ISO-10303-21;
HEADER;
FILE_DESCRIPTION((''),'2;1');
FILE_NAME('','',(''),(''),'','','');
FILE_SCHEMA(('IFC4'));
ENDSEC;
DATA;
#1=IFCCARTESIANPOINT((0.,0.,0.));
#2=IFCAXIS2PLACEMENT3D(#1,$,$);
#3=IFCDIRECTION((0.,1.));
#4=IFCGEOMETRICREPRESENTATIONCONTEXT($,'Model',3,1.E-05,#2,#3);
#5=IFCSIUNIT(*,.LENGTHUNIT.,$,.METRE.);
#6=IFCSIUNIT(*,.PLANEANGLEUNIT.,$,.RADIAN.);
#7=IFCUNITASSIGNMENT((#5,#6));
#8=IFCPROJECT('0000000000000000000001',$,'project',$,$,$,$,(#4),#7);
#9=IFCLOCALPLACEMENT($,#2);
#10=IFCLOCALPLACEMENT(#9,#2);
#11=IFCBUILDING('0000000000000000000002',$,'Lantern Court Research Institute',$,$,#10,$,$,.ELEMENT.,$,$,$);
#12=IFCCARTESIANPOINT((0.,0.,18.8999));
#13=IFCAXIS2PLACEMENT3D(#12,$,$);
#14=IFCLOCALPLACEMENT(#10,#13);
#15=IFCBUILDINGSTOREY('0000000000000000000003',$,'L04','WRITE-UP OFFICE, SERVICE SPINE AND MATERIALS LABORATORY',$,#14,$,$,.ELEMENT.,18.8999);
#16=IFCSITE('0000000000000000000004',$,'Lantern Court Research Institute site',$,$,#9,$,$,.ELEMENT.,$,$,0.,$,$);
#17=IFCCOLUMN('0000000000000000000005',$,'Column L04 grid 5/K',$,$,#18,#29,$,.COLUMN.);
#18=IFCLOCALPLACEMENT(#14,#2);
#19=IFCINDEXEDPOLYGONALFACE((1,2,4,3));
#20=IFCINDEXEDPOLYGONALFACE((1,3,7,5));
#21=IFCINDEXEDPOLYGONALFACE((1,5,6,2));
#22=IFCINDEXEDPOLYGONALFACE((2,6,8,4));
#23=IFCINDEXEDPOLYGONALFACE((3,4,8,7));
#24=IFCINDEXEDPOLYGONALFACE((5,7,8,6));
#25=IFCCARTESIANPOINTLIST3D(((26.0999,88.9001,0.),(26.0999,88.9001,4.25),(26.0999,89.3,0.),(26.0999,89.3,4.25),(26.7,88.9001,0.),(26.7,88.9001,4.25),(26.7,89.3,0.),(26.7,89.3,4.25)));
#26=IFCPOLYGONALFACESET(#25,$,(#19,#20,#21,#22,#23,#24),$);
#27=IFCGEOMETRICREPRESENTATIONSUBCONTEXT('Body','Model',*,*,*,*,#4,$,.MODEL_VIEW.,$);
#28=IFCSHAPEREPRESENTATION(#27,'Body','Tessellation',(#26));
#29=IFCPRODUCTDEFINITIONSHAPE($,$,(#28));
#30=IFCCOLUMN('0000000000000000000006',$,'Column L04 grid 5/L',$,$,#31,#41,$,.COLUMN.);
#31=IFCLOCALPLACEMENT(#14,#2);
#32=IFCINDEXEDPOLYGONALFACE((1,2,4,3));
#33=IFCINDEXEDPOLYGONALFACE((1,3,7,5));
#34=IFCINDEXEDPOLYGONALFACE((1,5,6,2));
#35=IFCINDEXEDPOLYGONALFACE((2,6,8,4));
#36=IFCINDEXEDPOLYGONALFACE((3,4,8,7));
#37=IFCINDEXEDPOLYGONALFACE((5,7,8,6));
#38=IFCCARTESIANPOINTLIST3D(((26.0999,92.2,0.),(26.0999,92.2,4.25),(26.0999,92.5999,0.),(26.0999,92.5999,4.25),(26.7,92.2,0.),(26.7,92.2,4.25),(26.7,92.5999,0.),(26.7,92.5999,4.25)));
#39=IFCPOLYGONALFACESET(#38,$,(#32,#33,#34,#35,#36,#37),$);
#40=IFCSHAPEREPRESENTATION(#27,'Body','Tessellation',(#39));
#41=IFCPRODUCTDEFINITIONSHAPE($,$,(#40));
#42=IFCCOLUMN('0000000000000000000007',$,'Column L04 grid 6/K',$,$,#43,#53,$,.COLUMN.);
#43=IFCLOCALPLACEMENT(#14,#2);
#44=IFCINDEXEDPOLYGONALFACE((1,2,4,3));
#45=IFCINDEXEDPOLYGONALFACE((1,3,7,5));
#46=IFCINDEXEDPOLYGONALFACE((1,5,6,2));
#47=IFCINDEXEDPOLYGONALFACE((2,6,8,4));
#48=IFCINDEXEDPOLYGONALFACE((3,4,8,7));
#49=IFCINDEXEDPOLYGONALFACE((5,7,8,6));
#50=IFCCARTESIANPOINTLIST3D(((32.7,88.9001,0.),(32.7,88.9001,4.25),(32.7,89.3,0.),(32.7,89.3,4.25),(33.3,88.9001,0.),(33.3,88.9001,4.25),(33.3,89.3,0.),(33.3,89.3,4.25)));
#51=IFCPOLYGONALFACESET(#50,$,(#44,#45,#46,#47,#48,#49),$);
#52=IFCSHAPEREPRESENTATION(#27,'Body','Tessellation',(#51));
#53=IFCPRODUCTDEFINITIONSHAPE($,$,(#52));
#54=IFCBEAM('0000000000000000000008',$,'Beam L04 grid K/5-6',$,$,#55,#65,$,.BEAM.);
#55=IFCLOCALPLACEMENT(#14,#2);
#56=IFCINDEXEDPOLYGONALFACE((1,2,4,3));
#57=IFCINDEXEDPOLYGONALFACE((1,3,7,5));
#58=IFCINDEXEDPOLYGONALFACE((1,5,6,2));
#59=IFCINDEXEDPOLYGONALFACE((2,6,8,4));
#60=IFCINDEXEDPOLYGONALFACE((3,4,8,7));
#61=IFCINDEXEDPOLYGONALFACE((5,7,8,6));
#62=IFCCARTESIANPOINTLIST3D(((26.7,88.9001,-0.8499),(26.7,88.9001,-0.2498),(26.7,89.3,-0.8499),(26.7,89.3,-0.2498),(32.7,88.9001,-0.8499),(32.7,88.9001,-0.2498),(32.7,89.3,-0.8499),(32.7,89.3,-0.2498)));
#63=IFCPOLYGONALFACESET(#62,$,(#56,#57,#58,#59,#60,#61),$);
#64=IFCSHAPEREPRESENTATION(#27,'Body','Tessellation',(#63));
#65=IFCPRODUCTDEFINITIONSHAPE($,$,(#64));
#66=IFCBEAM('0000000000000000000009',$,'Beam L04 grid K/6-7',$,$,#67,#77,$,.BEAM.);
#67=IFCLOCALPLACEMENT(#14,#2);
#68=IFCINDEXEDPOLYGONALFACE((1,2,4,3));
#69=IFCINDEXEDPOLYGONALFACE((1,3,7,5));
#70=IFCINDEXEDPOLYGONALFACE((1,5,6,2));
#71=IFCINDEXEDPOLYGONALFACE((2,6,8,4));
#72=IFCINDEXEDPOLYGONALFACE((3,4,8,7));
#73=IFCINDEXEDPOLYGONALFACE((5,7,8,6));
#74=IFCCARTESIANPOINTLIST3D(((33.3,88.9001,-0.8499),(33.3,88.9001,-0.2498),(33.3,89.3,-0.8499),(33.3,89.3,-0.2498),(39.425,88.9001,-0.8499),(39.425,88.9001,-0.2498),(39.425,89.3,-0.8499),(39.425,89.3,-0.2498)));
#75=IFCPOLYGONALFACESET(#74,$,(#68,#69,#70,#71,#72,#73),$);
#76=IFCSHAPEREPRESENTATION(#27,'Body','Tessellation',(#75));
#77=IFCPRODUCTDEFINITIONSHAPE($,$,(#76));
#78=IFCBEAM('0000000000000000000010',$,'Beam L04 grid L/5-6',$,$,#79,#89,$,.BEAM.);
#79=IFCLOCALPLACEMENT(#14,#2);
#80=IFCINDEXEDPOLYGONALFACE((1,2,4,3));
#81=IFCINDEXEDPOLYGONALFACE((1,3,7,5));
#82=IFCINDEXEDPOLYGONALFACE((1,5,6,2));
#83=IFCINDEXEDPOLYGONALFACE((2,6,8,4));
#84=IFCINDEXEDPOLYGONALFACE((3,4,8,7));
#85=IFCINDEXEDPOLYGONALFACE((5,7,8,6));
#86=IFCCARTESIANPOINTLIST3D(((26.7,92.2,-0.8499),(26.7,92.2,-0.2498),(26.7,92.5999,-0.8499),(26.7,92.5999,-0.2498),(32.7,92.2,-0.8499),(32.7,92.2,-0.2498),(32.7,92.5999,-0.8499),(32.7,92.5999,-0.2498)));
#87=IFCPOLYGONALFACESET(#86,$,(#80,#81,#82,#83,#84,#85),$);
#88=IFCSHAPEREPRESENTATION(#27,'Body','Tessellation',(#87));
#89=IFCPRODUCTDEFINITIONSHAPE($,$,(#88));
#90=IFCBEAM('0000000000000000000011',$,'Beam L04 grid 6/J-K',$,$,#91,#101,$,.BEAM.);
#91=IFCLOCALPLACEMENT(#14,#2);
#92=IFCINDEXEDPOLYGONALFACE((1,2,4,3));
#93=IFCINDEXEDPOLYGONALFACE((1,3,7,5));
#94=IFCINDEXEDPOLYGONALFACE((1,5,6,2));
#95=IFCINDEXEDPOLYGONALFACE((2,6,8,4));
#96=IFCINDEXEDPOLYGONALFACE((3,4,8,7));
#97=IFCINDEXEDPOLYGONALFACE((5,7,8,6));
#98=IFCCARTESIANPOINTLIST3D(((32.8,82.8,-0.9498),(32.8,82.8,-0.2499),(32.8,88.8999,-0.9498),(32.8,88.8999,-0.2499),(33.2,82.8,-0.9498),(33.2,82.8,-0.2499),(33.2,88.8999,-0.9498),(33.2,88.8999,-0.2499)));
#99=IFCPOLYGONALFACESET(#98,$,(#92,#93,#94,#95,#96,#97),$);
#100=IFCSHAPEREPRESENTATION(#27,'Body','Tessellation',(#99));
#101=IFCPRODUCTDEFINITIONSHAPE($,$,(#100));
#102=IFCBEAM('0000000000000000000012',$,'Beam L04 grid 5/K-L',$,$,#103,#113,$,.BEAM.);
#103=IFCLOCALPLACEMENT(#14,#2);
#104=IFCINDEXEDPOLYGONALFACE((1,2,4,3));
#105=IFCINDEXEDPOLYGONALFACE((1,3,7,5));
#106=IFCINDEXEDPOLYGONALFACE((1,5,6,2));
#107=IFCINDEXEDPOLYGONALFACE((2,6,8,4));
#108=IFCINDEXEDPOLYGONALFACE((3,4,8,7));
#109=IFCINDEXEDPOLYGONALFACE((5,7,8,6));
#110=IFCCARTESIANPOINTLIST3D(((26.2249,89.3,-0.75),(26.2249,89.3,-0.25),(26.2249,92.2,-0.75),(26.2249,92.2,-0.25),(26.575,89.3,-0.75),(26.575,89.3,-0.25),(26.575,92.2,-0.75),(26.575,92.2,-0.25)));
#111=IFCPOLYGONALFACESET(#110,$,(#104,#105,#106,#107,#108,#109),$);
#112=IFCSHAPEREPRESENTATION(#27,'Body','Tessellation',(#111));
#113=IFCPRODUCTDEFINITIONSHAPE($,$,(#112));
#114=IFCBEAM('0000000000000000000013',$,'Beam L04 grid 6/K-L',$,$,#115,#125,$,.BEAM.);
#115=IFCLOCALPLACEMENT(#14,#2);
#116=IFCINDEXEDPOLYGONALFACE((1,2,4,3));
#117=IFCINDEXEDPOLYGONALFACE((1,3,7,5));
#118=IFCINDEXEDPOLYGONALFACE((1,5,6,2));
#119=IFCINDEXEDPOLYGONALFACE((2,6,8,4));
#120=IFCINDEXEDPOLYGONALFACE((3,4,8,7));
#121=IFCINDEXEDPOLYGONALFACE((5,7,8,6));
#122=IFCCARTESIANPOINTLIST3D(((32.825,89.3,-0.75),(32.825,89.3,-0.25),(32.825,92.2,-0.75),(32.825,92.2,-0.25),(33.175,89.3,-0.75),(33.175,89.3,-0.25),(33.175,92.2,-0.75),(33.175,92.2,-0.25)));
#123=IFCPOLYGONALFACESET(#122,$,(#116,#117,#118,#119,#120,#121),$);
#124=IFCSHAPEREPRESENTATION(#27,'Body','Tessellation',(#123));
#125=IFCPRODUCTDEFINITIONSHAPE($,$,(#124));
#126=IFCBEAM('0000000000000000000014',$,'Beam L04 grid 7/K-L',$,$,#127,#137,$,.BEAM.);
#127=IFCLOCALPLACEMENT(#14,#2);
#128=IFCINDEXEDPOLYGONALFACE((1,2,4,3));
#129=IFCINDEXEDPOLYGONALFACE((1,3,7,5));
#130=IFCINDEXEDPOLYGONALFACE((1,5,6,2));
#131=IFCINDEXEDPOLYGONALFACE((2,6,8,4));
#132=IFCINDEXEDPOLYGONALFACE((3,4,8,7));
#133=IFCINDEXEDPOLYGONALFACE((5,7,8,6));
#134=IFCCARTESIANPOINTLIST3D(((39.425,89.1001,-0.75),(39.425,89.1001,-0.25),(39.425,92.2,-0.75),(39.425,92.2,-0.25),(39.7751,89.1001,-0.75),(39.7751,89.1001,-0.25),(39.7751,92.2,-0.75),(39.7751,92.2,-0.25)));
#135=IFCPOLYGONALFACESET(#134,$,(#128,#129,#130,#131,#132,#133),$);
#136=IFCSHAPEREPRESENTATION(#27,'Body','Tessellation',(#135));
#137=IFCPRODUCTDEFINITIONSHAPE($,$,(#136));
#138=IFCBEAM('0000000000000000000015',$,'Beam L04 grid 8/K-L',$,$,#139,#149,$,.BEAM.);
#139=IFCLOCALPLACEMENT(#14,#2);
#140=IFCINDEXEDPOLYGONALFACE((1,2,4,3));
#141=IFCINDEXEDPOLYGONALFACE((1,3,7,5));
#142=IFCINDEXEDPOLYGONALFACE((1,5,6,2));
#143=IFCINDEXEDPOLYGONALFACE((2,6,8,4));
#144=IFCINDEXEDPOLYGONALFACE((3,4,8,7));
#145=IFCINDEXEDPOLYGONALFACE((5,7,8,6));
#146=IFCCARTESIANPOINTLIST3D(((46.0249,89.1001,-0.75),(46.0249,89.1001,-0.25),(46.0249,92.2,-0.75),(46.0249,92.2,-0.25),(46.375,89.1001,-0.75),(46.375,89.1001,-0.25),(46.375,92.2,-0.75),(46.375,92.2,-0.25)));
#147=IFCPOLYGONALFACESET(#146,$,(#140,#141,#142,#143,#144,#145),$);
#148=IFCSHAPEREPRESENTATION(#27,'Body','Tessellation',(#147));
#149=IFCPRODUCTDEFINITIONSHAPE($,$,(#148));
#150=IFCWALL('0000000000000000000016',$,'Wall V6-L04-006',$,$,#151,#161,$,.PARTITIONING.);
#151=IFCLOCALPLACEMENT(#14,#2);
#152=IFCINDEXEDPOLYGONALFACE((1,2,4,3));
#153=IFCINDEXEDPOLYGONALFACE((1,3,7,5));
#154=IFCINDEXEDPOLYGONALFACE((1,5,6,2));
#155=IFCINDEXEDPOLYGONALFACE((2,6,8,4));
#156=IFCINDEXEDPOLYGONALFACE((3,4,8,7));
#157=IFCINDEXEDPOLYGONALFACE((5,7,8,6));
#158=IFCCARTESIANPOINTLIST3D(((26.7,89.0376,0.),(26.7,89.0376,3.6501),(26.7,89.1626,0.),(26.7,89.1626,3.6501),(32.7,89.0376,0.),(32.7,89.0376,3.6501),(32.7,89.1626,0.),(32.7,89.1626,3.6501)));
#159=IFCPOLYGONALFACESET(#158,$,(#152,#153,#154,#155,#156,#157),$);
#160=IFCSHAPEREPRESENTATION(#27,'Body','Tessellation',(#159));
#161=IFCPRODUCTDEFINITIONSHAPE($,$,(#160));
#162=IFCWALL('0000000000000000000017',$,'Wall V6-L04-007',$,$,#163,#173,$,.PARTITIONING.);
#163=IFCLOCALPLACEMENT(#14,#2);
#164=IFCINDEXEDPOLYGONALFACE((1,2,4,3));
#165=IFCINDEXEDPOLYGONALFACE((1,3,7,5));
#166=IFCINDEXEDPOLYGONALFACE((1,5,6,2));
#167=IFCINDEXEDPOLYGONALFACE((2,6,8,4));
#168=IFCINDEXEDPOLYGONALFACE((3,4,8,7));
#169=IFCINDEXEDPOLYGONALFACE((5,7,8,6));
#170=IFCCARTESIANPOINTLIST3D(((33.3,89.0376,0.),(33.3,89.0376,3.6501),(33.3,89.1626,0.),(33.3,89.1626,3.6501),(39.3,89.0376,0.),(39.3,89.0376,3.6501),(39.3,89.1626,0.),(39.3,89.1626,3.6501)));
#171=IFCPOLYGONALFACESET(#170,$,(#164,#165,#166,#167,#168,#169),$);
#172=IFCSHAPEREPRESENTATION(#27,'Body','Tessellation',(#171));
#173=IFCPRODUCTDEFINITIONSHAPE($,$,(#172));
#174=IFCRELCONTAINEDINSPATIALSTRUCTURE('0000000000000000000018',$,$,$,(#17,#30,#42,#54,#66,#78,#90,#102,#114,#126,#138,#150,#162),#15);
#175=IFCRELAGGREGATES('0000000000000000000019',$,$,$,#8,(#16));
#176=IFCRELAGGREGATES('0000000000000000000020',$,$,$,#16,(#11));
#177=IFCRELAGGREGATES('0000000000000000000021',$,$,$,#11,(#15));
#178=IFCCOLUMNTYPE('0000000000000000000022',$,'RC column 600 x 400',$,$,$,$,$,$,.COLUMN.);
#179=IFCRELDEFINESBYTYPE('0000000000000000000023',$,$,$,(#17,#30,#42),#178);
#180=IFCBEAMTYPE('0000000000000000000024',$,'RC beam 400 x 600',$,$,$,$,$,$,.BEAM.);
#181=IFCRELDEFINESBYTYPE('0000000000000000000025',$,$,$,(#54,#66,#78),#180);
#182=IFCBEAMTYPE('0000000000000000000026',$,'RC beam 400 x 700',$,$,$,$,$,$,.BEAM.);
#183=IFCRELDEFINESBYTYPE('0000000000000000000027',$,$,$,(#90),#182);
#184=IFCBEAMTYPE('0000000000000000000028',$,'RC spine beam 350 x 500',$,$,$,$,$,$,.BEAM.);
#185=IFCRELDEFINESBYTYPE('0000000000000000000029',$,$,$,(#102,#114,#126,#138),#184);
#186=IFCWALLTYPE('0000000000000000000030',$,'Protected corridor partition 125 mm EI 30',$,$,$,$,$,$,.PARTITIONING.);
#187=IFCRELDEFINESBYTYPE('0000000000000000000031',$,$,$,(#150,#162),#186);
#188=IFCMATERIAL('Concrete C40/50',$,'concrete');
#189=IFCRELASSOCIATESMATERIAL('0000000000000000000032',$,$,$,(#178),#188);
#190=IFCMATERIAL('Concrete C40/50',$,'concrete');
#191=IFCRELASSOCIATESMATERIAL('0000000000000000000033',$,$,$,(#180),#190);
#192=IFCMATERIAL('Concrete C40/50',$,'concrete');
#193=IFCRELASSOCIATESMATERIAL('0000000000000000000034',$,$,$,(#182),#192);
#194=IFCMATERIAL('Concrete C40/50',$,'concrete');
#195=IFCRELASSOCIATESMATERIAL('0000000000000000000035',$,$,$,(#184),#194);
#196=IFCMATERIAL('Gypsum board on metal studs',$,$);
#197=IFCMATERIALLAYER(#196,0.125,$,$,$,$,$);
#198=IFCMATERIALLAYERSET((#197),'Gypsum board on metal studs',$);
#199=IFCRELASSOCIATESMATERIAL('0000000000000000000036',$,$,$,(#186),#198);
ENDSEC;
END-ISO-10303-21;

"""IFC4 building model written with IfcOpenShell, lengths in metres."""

from ifc_helpers import new_model, si_unit, direction, frame, frame_2d, origin, origin_2d, place, context, subcontext, project, spatial, rectangle, extrude, material, layer, layer_set, material_profile, profile_set, type_object, element, save


model = new_model("IFC4")

# Units and contexts
model_context = context("Model", 3, precision=1e-05, world=origin(), true_north=direction((0.0, 1.0)))
body_context = subcontext(model_context, "Body", "Model", "MODEL_VIEW")
ifc_project = project(units=[si_unit("LENGTHUNIT", "METRE"), si_unit("PLANEANGLEUNIT", "RADIAN")], contexts=[model_context])

# Site, building, storey
site_placement = place(None, origin())
site = spatial("IfcSite", under=ifc_project, at=site_placement, Name="Lantern Court Research Institute site", CompositionType="ELEMENT", RefElevation=0.0)
building_placement = place(site_placement, origin())
building = spatial("IfcBuilding", under=site, at=building_placement, Name="Lantern Court Research Institute", CompositionType="ELEMENT")
storey_placement = place(building_placement, frame((0.0, 0.0, 18.8999)))
storey = spatial("IfcBuildingStorey", under=building, at=storey_placement, Name="L04", Description="WRITE-UP OFFICE, SERVICE SPINE AND MATERIALS LABORATORY", CompositionType="ELEMENT", Elevation=18.8999)

# Columns
ifc_material_1 = material(Name="Concrete C40/50", Category="concrete")
ifc_material_profile_1 = material_profile(ifc_material_1, rectangle(XDim=0.6001, YDim=0.3999, at=origin_2d()), Name="RC column 600 x 400")
ifc_profile_set_1 = profile_set([ifc_material_profile_1], Name="Concrete C40/50")
column_type = type_object("IfcColumnType", Name="RC column 600 x 400", PredefinedType="COLUMN", material=ifc_profile_set_1)
for number, where, z_axis, x_axis, name in (
    (1, (26.3999, 89.1001, 0.0), (0.0, 0.0, 1.0), (1.0, 0.0, 0.0), "Column L04 grid 5/K"),
    (2, (26.3999, 92.3999, 0.0), (0.0, 0.0, 1.0), (1.0, 0.0, 0.0), "Column L04 grid 5/L"),
    (3, (33.0, 89.1001, 0.0), (0.0, 0.0, 1.0), (1.0, 0.0, 0.0), "Column L04 grid 6/K"),
):
    element("IfcColumn", number, at=place(storey_placement, frame(where, z_axis=z_axis, x_axis=x_axis)), inside=storey, type_object=column_type, Name=name, PredefinedType="COLUMN", context=body_context, shape_type="SweptSolid", body=[
        extrude(rectangle(XDim=0.6001, YDim=0.3999, at=origin_2d()), origin(), (0.0, 0.0, 1.0), 4.25),
    ])

# Beams
ifc_material_2 = material(Name="Concrete C40/50", Category="concrete")
ifc_material_profile_2 = material_profile(ifc_material_2, rectangle(XDim=0.3999, YDim=0.6001, at=origin_2d()), Name="RC beam 400 x 600")
ifc_profile_set_2 = profile_set([ifc_material_profile_2], Name="Concrete C40/50")
beam_type_1 = type_object("IfcBeamType", Name="RC beam 400 x 600", PredefinedType="BEAM", material=ifc_profile_set_2)
beam_1_placement = place(storey_placement, frame((26.7, 89.1001, -0.5498), z_axis=(1.0, 0.0, 0.0), x_axis=(0.0, 1.0, 0.0)))
element("IfcBeam", 4, at=beam_1_placement, inside=storey, type_object=beam_type_1, Name="Beam L04 grid K/5-6", PredefinedType="BEAM", context=body_context, shape_type="SweptSolid", body=[
    extrude(rectangle(XDim=0.3999, YDim=0.6001, at=origin_2d()), origin(), (0.0, 0.0, 1.0), 6.0),
])
beam_2_placement = place(storey_placement, frame((33.3, 89.1001, -0.5498), z_axis=(1.0, 0.0, 0.0), x_axis=(0.0, 1.0, 0.0)))
element("IfcBeam", 5, at=beam_2_placement, inside=storey, type_object=beam_type_1, Name="Beam L04 grid K/6-7", PredefinedType="BEAM", context=body_context, shape_type="SweptSolid", body=[
    extrude(rectangle(XDim=0.3999, YDim=0.6001, at=origin_2d()), origin(), (0.0, 0.0, 1.0), 6.125),
])
beam_3_placement = place(storey_placement, frame((26.7, 92.3999, -0.5498), z_axis=(1.0, 0.0, 0.0), x_axis=(0.0, 1.0, 0.0)))
element("IfcBeam", 6, at=beam_3_placement, inside=storey, type_object=beam_type_1, Name="Beam L04 grid L/5-6", PredefinedType="BEAM", context=body_context, shape_type="SweptSolid", body=[
    extrude(rectangle(XDim=0.3999, YDim=0.6001, at=origin_2d()), origin(), (0.0, 0.0, 1.0), 6.0),
])
ifc_material_3 = material(Name="Concrete C40/50", Category="concrete")
ifc_material_profile_3 = material_profile(ifc_material_3, rectangle(XDim=0.3999, YDim=0.7, at=origin_2d()), Name="RC beam 400 x 700")
ifc_profile_set_3 = profile_set([ifc_material_profile_3], Name="Concrete C40/50")
beam_type_2 = type_object("IfcBeamType", Name="RC beam 400 x 700", PredefinedType="BEAM", material=ifc_profile_set_3)
beam_4_placement = place(storey_placement, frame((33.0, 82.8, -0.5999), z_axis=(0.0, 1.0, 0.0), x_axis=(-1.0, 0.0, 0.0)))
element("IfcBeam", 7, at=beam_4_placement, inside=storey, type_object=beam_type_2, Name="Beam L04 grid 6/J-K", PredefinedType="BEAM", context=body_context, shape_type="SweptSolid", body=[
    extrude(rectangle(XDim=0.3999, YDim=0.7, at=origin_2d()), origin(), (0.0, 0.0, 1.0), 6.0999),
])
ifc_material_4 = material(Name="Concrete C40/50", Category="concrete")
ifc_material_profile_4 = material_profile(ifc_material_4, rectangle(XDim=0.3501, YDim=0.5, at=origin_2d()), Name="RC beam 350 x 500")
ifc_profile_set_4 = profile_set([ifc_material_profile_4], Name="Concrete C40/50")
beam_type_3 = type_object("IfcBeamType", Name="RC spine beam 350 x 500", PredefinedType="BEAM", material=ifc_profile_set_4)
for number, where, z_axis, x_axis, name in (
    (8, (26.3999, 89.3, -0.5), (0.0, 1.0, 0.0), (-1.0, 0.0, 0.0), "Beam L04 grid 5/K-L"),
    (9, (33.0, 89.3, -0.5), (0.0, 1.0, 0.0), (-1.0, 0.0, 0.0), "Beam L04 grid 6/K-L"),
):
    element("IfcBeam", number, at=place(storey_placement, frame(where, z_axis=z_axis, x_axis=x_axis)), inside=storey, type_object=beam_type_3, Name=name, PredefinedType="BEAM", context=body_context, shape_type="SweptSolid", body=[
        extrude(rectangle(XDim=0.3501, YDim=0.5, at=origin_2d()), origin(), (0.0, 0.0, 1.0), 2.8999),
    ])
for number, where, z_axis, x_axis, name in (
    (10, (39.6001, 89.1001, -0.5), (0.0, 1.0, 0.0), (-1.0, 0.0, 0.0), "Beam L04 grid 7/K-L"),
    (11, (46.2, 89.1001, -0.5), (0.0, 1.0, 0.0), (-1.0, 0.0, 0.0), "Beam L04 grid 8/K-L"),
):
    element("IfcBeam", number, at=place(storey_placement, frame(where, z_axis=z_axis, x_axis=x_axis)), inside=storey, type_object=beam_type_3, Name=name, PredefinedType="BEAM", context=body_context, shape_type="SweptSolid", body=[
        extrude(rectangle(XDim=0.3501, YDim=0.5, at=origin_2d()), origin(), (0.0, 0.0, 1.0), 3.0999),
    ])

# Walls
ifc_material_5 = material(Name="Gypsum board on metal studs")
ifc_layer_1 = layer(ifc_material_5, 0.125)
ifc_layer_set_1 = layer_set([ifc_layer_1], Name="Gypsum board on metal studs")
wall_type_1 = type_object("IfcWallType", Name="Protected corridor partition 125 mm EI 30", PredefinedType="PARTITIONING", material=ifc_layer_set_1)
for number, where, z_axis, x_axis, name in (
    (12, (26.7, 89.1001, 0.0), (0.0, 0.0, 1.0), (1.0, 0.0, 0.0), "Wall V6-L04-006"),
    (13, (33.3, 89.1001, 0.0), (0.0, 0.0, 1.0), (1.0, 0.0, 0.0), "Wall V6-L04-007"),
):
    element("IfcWall", number, at=place(storey_placement, frame(where, z_axis=z_axis, x_axis=x_axis)), inside=storey, type_object=wall_type_1, Name=name, PredefinedType="PARTITIONING", context=body_context, shape_type="SweptSolid", body=[
        extrude(rectangle(XDim=6.0, YDim=0.125, at=frame_2d((3.0, 0.0))), origin(), (0.0, 0.0, 1.0), 3.6501),
    ])

save(model, "model.ifc")
